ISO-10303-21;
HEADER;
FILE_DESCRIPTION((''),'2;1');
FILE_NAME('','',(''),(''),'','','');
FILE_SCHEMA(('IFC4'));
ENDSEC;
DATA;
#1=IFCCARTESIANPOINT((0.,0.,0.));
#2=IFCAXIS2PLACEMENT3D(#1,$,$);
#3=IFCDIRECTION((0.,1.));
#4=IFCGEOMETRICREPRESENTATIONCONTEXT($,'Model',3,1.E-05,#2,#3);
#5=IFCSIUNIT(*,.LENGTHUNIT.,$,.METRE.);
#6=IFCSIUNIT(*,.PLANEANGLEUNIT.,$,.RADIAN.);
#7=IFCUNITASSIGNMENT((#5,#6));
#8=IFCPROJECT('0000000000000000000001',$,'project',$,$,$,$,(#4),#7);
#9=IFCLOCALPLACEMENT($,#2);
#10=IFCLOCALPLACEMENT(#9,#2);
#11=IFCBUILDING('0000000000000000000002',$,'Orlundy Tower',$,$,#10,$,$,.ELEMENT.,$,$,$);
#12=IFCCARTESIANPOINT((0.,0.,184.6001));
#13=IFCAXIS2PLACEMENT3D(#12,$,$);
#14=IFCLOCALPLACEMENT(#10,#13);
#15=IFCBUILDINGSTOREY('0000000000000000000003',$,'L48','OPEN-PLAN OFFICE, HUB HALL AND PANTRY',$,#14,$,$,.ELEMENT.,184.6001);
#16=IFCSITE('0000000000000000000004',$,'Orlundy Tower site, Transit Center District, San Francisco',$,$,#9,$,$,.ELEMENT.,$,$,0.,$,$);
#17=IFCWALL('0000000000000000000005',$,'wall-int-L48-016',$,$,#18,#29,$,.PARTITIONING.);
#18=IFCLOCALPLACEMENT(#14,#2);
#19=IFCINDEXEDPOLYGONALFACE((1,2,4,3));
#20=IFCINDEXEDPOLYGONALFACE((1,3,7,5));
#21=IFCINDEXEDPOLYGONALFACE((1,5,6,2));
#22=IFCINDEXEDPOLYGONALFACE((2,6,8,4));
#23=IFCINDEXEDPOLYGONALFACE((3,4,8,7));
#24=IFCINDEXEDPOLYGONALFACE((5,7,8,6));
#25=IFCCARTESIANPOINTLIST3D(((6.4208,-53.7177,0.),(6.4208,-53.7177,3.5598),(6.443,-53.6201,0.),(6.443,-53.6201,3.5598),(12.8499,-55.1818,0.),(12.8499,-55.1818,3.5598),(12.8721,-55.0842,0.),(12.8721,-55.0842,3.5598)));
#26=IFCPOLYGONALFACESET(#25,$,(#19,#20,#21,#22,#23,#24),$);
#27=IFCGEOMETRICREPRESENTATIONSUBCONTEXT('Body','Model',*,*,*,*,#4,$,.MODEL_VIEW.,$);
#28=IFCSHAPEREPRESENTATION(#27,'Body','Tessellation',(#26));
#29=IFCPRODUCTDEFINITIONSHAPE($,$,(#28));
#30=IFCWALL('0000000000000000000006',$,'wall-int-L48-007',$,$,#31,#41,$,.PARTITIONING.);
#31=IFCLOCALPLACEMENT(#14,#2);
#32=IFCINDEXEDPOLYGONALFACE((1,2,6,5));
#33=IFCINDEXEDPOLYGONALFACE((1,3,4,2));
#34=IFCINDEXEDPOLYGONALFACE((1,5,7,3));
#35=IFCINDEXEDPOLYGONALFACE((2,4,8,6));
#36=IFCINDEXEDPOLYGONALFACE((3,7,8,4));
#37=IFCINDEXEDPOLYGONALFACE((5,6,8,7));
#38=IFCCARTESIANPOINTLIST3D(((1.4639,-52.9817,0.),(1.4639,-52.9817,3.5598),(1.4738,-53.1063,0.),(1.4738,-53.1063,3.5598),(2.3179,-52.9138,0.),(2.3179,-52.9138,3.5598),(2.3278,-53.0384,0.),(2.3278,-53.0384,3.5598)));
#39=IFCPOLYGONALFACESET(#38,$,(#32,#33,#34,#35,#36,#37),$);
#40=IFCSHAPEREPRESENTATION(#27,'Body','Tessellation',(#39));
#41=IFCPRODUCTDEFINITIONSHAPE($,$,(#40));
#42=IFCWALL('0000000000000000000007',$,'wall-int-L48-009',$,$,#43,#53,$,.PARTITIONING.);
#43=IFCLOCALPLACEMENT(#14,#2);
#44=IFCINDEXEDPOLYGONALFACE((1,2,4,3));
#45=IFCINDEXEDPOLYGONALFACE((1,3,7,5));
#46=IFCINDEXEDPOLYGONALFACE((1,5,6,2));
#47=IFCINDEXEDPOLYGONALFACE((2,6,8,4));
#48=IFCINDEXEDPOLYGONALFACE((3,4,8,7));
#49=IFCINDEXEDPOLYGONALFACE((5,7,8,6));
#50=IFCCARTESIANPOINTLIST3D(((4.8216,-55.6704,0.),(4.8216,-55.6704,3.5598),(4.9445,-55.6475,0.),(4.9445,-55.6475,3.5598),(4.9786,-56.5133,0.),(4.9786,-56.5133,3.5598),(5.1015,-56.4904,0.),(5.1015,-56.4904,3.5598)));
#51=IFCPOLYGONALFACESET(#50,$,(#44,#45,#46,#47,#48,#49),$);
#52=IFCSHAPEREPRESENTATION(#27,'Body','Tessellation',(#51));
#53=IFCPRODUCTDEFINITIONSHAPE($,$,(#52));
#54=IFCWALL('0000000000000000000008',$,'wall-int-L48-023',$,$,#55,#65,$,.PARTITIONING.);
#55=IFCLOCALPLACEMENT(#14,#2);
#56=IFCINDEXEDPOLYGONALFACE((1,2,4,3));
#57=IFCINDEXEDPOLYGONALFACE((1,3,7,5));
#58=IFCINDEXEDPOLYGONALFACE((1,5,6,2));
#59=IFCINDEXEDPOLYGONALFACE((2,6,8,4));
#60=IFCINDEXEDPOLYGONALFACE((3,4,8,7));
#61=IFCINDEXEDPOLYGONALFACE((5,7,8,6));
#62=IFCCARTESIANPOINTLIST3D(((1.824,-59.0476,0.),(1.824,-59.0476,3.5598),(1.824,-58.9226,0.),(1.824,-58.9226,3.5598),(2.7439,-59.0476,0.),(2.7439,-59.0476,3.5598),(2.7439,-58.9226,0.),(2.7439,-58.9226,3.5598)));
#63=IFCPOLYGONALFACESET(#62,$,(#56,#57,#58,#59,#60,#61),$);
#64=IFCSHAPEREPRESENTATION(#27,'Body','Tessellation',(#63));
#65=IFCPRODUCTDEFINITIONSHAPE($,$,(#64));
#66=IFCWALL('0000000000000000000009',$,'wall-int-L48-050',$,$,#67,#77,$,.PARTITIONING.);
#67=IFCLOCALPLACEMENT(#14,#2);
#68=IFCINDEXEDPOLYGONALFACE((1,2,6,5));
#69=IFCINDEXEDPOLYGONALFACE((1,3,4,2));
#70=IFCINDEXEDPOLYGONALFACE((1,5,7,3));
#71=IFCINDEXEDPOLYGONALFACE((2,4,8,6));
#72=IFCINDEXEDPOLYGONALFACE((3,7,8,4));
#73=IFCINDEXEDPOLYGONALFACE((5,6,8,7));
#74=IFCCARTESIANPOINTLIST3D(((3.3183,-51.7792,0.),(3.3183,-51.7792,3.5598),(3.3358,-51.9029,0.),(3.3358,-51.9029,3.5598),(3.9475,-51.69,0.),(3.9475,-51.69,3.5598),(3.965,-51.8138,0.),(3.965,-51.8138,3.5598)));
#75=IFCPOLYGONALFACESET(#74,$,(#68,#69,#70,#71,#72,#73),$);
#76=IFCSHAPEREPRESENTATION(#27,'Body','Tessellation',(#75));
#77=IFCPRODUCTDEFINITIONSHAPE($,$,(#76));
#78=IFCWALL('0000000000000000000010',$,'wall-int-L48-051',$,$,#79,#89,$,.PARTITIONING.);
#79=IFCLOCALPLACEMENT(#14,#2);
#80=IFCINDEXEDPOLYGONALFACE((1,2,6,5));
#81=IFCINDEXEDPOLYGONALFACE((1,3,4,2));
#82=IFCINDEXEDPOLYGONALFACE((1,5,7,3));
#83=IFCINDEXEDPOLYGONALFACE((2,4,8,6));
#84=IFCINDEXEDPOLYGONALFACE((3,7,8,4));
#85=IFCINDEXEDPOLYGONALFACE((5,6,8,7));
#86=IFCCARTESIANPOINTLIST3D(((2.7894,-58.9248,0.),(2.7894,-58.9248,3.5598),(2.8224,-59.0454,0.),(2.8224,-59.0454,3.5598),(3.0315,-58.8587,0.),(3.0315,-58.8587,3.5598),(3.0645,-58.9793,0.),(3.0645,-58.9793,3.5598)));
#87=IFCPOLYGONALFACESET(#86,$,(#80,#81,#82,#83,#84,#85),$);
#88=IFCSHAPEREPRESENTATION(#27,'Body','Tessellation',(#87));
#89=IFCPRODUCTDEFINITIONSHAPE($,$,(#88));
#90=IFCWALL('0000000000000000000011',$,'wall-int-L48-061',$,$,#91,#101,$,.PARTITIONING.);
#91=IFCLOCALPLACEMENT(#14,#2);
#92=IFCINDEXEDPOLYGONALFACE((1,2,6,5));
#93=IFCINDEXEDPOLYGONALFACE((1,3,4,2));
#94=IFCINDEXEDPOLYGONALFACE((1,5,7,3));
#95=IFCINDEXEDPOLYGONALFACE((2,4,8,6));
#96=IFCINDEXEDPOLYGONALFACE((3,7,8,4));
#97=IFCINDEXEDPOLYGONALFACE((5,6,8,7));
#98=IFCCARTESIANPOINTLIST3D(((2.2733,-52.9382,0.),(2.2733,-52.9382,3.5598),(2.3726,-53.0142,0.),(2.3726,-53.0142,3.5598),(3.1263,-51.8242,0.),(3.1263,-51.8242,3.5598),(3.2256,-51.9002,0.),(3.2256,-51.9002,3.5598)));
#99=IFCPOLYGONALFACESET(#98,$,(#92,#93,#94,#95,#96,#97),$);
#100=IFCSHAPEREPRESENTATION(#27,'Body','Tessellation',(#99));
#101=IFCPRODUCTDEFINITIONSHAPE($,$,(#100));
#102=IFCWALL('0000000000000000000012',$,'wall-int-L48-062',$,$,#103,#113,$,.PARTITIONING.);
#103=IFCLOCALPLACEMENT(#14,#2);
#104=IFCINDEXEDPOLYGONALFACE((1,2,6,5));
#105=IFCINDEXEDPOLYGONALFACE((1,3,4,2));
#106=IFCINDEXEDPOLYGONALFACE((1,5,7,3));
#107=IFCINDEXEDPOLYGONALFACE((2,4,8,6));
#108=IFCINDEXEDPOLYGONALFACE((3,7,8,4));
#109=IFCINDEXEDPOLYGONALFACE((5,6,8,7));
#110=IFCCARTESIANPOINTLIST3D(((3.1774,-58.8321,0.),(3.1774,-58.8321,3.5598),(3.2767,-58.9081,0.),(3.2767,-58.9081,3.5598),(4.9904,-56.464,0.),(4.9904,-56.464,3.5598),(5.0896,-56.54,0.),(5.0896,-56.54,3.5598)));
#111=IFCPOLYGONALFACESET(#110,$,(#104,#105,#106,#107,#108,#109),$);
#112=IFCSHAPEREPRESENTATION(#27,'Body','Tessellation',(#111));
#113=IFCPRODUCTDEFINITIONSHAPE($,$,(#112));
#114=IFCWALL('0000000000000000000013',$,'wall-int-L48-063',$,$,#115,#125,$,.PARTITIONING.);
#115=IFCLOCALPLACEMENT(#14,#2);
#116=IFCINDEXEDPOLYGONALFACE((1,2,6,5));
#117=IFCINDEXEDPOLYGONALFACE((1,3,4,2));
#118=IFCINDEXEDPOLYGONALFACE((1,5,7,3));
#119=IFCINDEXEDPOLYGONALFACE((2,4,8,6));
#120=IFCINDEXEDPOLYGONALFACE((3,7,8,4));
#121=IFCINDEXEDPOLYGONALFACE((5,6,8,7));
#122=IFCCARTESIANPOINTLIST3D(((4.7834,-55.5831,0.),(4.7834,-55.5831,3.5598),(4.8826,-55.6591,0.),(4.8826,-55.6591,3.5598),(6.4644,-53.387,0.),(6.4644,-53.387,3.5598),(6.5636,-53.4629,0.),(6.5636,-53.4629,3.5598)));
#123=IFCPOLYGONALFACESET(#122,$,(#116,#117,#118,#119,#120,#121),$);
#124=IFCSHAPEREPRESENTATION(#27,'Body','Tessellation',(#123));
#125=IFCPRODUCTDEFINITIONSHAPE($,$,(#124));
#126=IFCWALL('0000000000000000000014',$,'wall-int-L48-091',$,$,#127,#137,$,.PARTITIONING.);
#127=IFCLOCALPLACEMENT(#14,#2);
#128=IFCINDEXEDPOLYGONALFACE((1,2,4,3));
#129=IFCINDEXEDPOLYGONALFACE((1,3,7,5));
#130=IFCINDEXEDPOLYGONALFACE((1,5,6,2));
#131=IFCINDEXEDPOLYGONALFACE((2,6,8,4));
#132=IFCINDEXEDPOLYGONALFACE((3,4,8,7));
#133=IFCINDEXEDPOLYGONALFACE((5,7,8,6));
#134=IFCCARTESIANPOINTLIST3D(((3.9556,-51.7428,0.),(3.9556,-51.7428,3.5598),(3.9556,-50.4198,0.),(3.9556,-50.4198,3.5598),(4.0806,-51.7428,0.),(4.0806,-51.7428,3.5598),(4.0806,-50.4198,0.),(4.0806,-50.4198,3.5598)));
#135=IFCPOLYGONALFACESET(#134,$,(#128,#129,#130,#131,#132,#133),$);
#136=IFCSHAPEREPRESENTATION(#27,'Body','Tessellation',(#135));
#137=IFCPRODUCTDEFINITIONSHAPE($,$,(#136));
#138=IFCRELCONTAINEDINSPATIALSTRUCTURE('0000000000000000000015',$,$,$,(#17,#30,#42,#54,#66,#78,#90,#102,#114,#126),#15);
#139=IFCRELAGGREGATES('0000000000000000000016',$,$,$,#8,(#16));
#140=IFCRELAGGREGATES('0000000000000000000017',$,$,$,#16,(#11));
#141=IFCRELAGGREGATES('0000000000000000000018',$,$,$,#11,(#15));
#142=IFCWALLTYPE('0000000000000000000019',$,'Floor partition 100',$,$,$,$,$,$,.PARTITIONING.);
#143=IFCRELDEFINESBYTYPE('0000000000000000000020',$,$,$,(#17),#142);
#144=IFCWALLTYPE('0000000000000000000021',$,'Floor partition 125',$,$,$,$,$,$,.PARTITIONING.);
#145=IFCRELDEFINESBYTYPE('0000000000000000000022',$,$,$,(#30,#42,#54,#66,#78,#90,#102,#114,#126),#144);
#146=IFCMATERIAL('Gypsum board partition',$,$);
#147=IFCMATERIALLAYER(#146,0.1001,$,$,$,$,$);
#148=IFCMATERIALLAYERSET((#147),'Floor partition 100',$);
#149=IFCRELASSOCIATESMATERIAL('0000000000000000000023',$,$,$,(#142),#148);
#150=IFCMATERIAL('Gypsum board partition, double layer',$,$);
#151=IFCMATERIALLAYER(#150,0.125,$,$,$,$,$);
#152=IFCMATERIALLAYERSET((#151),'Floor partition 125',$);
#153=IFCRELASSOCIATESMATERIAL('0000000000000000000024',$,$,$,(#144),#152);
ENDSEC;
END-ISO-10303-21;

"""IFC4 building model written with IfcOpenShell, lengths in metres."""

from ifc_helpers import new_model, si_unit, direction, frame, frame_2d, origin, place, context, subcontext, project, spatial, rectangle, extrude, material, layer, layer_set, type_object, element, save


model = new_model("IFC4")

# Units and contexts
model_context = context("Model", 3, precision=1e-05, world=origin(), true_north=direction((0.0, 1.0)))
body_context = subcontext(model_context, "Body", "Model", "MODEL_VIEW")
ifc_project = project(units=[si_unit("LENGTHUNIT", "METRE"), si_unit("PLANEANGLEUNIT", "RADIAN")], contexts=[model_context])

# Site, building, storey
site_placement = place(None, origin())
site = spatial("IfcSite", under=ifc_project, at=site_placement, Name="Orlundy Tower site, Transit Center District, San Francisco", CompositionType="ELEMENT", RefElevation=0.0)
building_placement = place(site_placement, origin())
building = spatial("IfcBuilding", under=site, at=building_placement, Name="Orlundy Tower", CompositionType="ELEMENT")
storey_placement = place(building_placement, frame((0.0, 0.0, 184.6001)))
storey = spatial("IfcBuildingStorey", under=building, at=storey_placement, Name="L48", Description="OPEN-PLAN OFFICE, HUB HALL AND PANTRY", CompositionType="ELEMENT", Elevation=184.6001)

# Walls
ifc_material_1 = material(Name="Gypsum board partition")
ifc_layer_1 = layer(ifc_material_1, 0.1001)
ifc_layer_set_1 = layer_set([ifc_layer_1], Name="Floor partition 100")
wall_type_1 = type_object("IfcWallType", Name="Floor partition 100", PredefinedType="PARTITIONING", material=ifc_layer_set_1)
wall_1_placement = place(storey_placement, frame((6.4319, -53.6689, 0.0), z_axis=(0.0, 0.0, 1.0), x_axis=(0.975037, -0.222044, 0.0)))
element("IfcWall", 1, at=wall_1_placement, inside=storey, type_object=wall_type_1, Name="wall-int-L48-016", PredefinedType="PARTITIONING", context=body_context, shape_type="SweptSolid", body=[
    extrude(rectangle(XDim=6.5938, YDim=0.1001, at=frame_2d((3.2969, 0.0))), origin(), (0.0, 0.0, 1.0), 3.5598),
])
ifc_material_2 = material(Name="Gypsum board partition, double layer")
ifc_layer_2 = layer(ifc_material_2, 0.125)
ifc_layer_set_2 = layer_set([ifc_layer_2], Name="Floor partition 125")
wall_type_2 = type_object("IfcWallType", Name="Floor partition 125", PredefinedType="PARTITIONING", material=ifc_layer_set_2)
wall_2_placement = place(storey_placement, frame((1.469, -53.0439, 0.0), z_axis=(0.0, 0.0, 1.0), x_axis=(0.996857, 0.079224, 0.0)))
element("IfcWall", 2, at=wall_2_placement, inside=storey, type_object=wall_type_2, Name="wall-int-L48-007", PredefinedType="PARTITIONING", context=body_context, shape_type="SweptSolid", body=[
    extrude(rectangle(XDim=0.8567, YDim=0.125, at=frame_2d((0.4282, 0.0))), origin(), (0.0, 0.0, 1.0), 3.5598),
])
wall_3_placement = place(storey_placement, frame((4.8831, -55.6589, 0.0), z_axis=(0.0, 0.0, 1.0), x_axis=(0.183068, -0.9831, 0.0)))
element("IfcWall", 3, at=wall_3_placement, inside=storey, type_object=wall_type_2, Name="wall-int-L48-009", PredefinedType="PARTITIONING", context=body_context, shape_type="SweptSolid", body=[
    extrude(rectangle(XDim=0.8574, YDim=0.125, at=frame_2d((0.4287, 0.0))), origin(), (0.0, 0.0, 1.0), 3.5598),
])
wall_4_placement = place(storey_placement, frame((1.824, -58.9851, 0.0), z_axis=(0.0, 0.0, 1.0), x_axis=(1.0, 0.0, 0.0)))
element("IfcWall", 4, at=wall_4_placement, inside=storey, type_object=wall_type_2, Name="wall-int-L48-023", PredefinedType="PARTITIONING", context=body_context, shape_type="SweptSolid", body=[
    extrude(rectangle(XDim=0.9199, YDim=0.125, at=frame_2d((0.46, 0.0))), origin(), (0.0, 0.0, 1.0), 3.5598),
])
wall_5_placement = place(storey_placement, frame((3.3269, -51.8411, 0.0), z_axis=(0.0, 0.0, 1.0), x_axis=(0.990118, 0.140238, 0.0)))
element("IfcWall", 5, at=wall_5_placement, inside=storey, type_object=wall_type_2, Name="wall-int-L48-050", PredefinedType="PARTITIONING", context=body_context, shape_type="SweptSolid", body=[
    extrude(rectangle(XDim=0.6355, YDim=0.125, at=frame_2d((0.3179, 0.0))), origin(), (0.0, 0.0, 1.0), 3.5598),
])
wall_6_placement = place(storey_placement, frame((2.8059, -58.9851, 0.0), z_axis=(0.0, 0.0, 1.0), x_axis=(0.964652, 0.263529, 0.0)))
element("IfcWall", 6, at=wall_6_placement, inside=storey, type_object=wall_type_2, Name="wall-int-L48-051", PredefinedType="PARTITIONING", context=body_context, shape_type="SweptSolid", body=[
    extrude(rectangle(XDim=0.251, YDim=0.125, at=frame_2d((0.1255, 0.0))), origin(), (0.0, 0.0, 1.0), 3.5598),
])
wall_7_placement = place(storey_placement, frame((3.176, -51.8621, 0.0), z_axis=(0.0, 0.0, 1.0), x_axis=(-0.60796, -0.793967, 0.0)))
element("IfcWall", 7, at=wall_7_placement, inside=storey, type_object=wall_type_2, Name="wall-int-L48-061", PredefinedType="PARTITIONING", context=body_context, shape_type="SweptSolid", body=[
    extrude(rectangle(XDim=1.4031, YDim=0.125, at=frame_2d((0.7017, 0.0))), origin(), (0.0, 0.0, 1.0), 3.5598),
])
wall_8_placement = place(storey_placement, frame((3.2271, -58.8701, 0.0), z_axis=(0.0, 0.0, 1.0), x_axis=(0.607881, 0.794028, 0.0)))
element("IfcWall", 8, at=wall_8_placement, inside=storey, type_object=wall_type_2, Name="wall-int-L48-062", PredefinedType="PARTITIONING", context=body_context, shape_type="SweptSolid", body=[
    extrude(rectangle(XDim=2.9824, YDim=0.125, at=frame_2d((1.4912, 0.0))), origin(), (0.0, 0.0, 1.0), 3.5598),
])
wall_9_placement = place(storey_placement, frame((4.833, -55.6211, 0.0), z_axis=(0.0, 0.0, 1.0), x_axis=(0.60781, 0.794082, 0.0)))
element("IfcWall", 9, at=wall_9_placement, inside=storey, type_object=wall_type_2, Name="wall-int-L48-063", PredefinedType="PARTITIONING", context=body_context, shape_type="SweptSolid", body=[
    extrude(rectangle(XDim=2.7656, YDim=0.125, at=frame_2d((1.3828, 0.0))), origin(), (0.0, 0.0, 1.0), 3.5598),
])
wall_10_placement = place(storey_placement, frame((4.0181, -51.7429, 0.0), z_axis=(0.0, 0.0, 1.0), x_axis=(0.0, 1.0, 0.0)))
element("IfcWall", 10, at=wall_10_placement, inside=storey, type_object=wall_type_2, Name="wall-int-L48-091", PredefinedType="PARTITIONING", context=body_context, shape_type="SweptSolid", body=[
    extrude(rectangle(XDim=1.323, YDim=0.125, at=frame_2d((0.6616, 0.0))), origin(), (0.0, 0.0, 1.0), 3.5598),
])

save(model, "model.ifc")
